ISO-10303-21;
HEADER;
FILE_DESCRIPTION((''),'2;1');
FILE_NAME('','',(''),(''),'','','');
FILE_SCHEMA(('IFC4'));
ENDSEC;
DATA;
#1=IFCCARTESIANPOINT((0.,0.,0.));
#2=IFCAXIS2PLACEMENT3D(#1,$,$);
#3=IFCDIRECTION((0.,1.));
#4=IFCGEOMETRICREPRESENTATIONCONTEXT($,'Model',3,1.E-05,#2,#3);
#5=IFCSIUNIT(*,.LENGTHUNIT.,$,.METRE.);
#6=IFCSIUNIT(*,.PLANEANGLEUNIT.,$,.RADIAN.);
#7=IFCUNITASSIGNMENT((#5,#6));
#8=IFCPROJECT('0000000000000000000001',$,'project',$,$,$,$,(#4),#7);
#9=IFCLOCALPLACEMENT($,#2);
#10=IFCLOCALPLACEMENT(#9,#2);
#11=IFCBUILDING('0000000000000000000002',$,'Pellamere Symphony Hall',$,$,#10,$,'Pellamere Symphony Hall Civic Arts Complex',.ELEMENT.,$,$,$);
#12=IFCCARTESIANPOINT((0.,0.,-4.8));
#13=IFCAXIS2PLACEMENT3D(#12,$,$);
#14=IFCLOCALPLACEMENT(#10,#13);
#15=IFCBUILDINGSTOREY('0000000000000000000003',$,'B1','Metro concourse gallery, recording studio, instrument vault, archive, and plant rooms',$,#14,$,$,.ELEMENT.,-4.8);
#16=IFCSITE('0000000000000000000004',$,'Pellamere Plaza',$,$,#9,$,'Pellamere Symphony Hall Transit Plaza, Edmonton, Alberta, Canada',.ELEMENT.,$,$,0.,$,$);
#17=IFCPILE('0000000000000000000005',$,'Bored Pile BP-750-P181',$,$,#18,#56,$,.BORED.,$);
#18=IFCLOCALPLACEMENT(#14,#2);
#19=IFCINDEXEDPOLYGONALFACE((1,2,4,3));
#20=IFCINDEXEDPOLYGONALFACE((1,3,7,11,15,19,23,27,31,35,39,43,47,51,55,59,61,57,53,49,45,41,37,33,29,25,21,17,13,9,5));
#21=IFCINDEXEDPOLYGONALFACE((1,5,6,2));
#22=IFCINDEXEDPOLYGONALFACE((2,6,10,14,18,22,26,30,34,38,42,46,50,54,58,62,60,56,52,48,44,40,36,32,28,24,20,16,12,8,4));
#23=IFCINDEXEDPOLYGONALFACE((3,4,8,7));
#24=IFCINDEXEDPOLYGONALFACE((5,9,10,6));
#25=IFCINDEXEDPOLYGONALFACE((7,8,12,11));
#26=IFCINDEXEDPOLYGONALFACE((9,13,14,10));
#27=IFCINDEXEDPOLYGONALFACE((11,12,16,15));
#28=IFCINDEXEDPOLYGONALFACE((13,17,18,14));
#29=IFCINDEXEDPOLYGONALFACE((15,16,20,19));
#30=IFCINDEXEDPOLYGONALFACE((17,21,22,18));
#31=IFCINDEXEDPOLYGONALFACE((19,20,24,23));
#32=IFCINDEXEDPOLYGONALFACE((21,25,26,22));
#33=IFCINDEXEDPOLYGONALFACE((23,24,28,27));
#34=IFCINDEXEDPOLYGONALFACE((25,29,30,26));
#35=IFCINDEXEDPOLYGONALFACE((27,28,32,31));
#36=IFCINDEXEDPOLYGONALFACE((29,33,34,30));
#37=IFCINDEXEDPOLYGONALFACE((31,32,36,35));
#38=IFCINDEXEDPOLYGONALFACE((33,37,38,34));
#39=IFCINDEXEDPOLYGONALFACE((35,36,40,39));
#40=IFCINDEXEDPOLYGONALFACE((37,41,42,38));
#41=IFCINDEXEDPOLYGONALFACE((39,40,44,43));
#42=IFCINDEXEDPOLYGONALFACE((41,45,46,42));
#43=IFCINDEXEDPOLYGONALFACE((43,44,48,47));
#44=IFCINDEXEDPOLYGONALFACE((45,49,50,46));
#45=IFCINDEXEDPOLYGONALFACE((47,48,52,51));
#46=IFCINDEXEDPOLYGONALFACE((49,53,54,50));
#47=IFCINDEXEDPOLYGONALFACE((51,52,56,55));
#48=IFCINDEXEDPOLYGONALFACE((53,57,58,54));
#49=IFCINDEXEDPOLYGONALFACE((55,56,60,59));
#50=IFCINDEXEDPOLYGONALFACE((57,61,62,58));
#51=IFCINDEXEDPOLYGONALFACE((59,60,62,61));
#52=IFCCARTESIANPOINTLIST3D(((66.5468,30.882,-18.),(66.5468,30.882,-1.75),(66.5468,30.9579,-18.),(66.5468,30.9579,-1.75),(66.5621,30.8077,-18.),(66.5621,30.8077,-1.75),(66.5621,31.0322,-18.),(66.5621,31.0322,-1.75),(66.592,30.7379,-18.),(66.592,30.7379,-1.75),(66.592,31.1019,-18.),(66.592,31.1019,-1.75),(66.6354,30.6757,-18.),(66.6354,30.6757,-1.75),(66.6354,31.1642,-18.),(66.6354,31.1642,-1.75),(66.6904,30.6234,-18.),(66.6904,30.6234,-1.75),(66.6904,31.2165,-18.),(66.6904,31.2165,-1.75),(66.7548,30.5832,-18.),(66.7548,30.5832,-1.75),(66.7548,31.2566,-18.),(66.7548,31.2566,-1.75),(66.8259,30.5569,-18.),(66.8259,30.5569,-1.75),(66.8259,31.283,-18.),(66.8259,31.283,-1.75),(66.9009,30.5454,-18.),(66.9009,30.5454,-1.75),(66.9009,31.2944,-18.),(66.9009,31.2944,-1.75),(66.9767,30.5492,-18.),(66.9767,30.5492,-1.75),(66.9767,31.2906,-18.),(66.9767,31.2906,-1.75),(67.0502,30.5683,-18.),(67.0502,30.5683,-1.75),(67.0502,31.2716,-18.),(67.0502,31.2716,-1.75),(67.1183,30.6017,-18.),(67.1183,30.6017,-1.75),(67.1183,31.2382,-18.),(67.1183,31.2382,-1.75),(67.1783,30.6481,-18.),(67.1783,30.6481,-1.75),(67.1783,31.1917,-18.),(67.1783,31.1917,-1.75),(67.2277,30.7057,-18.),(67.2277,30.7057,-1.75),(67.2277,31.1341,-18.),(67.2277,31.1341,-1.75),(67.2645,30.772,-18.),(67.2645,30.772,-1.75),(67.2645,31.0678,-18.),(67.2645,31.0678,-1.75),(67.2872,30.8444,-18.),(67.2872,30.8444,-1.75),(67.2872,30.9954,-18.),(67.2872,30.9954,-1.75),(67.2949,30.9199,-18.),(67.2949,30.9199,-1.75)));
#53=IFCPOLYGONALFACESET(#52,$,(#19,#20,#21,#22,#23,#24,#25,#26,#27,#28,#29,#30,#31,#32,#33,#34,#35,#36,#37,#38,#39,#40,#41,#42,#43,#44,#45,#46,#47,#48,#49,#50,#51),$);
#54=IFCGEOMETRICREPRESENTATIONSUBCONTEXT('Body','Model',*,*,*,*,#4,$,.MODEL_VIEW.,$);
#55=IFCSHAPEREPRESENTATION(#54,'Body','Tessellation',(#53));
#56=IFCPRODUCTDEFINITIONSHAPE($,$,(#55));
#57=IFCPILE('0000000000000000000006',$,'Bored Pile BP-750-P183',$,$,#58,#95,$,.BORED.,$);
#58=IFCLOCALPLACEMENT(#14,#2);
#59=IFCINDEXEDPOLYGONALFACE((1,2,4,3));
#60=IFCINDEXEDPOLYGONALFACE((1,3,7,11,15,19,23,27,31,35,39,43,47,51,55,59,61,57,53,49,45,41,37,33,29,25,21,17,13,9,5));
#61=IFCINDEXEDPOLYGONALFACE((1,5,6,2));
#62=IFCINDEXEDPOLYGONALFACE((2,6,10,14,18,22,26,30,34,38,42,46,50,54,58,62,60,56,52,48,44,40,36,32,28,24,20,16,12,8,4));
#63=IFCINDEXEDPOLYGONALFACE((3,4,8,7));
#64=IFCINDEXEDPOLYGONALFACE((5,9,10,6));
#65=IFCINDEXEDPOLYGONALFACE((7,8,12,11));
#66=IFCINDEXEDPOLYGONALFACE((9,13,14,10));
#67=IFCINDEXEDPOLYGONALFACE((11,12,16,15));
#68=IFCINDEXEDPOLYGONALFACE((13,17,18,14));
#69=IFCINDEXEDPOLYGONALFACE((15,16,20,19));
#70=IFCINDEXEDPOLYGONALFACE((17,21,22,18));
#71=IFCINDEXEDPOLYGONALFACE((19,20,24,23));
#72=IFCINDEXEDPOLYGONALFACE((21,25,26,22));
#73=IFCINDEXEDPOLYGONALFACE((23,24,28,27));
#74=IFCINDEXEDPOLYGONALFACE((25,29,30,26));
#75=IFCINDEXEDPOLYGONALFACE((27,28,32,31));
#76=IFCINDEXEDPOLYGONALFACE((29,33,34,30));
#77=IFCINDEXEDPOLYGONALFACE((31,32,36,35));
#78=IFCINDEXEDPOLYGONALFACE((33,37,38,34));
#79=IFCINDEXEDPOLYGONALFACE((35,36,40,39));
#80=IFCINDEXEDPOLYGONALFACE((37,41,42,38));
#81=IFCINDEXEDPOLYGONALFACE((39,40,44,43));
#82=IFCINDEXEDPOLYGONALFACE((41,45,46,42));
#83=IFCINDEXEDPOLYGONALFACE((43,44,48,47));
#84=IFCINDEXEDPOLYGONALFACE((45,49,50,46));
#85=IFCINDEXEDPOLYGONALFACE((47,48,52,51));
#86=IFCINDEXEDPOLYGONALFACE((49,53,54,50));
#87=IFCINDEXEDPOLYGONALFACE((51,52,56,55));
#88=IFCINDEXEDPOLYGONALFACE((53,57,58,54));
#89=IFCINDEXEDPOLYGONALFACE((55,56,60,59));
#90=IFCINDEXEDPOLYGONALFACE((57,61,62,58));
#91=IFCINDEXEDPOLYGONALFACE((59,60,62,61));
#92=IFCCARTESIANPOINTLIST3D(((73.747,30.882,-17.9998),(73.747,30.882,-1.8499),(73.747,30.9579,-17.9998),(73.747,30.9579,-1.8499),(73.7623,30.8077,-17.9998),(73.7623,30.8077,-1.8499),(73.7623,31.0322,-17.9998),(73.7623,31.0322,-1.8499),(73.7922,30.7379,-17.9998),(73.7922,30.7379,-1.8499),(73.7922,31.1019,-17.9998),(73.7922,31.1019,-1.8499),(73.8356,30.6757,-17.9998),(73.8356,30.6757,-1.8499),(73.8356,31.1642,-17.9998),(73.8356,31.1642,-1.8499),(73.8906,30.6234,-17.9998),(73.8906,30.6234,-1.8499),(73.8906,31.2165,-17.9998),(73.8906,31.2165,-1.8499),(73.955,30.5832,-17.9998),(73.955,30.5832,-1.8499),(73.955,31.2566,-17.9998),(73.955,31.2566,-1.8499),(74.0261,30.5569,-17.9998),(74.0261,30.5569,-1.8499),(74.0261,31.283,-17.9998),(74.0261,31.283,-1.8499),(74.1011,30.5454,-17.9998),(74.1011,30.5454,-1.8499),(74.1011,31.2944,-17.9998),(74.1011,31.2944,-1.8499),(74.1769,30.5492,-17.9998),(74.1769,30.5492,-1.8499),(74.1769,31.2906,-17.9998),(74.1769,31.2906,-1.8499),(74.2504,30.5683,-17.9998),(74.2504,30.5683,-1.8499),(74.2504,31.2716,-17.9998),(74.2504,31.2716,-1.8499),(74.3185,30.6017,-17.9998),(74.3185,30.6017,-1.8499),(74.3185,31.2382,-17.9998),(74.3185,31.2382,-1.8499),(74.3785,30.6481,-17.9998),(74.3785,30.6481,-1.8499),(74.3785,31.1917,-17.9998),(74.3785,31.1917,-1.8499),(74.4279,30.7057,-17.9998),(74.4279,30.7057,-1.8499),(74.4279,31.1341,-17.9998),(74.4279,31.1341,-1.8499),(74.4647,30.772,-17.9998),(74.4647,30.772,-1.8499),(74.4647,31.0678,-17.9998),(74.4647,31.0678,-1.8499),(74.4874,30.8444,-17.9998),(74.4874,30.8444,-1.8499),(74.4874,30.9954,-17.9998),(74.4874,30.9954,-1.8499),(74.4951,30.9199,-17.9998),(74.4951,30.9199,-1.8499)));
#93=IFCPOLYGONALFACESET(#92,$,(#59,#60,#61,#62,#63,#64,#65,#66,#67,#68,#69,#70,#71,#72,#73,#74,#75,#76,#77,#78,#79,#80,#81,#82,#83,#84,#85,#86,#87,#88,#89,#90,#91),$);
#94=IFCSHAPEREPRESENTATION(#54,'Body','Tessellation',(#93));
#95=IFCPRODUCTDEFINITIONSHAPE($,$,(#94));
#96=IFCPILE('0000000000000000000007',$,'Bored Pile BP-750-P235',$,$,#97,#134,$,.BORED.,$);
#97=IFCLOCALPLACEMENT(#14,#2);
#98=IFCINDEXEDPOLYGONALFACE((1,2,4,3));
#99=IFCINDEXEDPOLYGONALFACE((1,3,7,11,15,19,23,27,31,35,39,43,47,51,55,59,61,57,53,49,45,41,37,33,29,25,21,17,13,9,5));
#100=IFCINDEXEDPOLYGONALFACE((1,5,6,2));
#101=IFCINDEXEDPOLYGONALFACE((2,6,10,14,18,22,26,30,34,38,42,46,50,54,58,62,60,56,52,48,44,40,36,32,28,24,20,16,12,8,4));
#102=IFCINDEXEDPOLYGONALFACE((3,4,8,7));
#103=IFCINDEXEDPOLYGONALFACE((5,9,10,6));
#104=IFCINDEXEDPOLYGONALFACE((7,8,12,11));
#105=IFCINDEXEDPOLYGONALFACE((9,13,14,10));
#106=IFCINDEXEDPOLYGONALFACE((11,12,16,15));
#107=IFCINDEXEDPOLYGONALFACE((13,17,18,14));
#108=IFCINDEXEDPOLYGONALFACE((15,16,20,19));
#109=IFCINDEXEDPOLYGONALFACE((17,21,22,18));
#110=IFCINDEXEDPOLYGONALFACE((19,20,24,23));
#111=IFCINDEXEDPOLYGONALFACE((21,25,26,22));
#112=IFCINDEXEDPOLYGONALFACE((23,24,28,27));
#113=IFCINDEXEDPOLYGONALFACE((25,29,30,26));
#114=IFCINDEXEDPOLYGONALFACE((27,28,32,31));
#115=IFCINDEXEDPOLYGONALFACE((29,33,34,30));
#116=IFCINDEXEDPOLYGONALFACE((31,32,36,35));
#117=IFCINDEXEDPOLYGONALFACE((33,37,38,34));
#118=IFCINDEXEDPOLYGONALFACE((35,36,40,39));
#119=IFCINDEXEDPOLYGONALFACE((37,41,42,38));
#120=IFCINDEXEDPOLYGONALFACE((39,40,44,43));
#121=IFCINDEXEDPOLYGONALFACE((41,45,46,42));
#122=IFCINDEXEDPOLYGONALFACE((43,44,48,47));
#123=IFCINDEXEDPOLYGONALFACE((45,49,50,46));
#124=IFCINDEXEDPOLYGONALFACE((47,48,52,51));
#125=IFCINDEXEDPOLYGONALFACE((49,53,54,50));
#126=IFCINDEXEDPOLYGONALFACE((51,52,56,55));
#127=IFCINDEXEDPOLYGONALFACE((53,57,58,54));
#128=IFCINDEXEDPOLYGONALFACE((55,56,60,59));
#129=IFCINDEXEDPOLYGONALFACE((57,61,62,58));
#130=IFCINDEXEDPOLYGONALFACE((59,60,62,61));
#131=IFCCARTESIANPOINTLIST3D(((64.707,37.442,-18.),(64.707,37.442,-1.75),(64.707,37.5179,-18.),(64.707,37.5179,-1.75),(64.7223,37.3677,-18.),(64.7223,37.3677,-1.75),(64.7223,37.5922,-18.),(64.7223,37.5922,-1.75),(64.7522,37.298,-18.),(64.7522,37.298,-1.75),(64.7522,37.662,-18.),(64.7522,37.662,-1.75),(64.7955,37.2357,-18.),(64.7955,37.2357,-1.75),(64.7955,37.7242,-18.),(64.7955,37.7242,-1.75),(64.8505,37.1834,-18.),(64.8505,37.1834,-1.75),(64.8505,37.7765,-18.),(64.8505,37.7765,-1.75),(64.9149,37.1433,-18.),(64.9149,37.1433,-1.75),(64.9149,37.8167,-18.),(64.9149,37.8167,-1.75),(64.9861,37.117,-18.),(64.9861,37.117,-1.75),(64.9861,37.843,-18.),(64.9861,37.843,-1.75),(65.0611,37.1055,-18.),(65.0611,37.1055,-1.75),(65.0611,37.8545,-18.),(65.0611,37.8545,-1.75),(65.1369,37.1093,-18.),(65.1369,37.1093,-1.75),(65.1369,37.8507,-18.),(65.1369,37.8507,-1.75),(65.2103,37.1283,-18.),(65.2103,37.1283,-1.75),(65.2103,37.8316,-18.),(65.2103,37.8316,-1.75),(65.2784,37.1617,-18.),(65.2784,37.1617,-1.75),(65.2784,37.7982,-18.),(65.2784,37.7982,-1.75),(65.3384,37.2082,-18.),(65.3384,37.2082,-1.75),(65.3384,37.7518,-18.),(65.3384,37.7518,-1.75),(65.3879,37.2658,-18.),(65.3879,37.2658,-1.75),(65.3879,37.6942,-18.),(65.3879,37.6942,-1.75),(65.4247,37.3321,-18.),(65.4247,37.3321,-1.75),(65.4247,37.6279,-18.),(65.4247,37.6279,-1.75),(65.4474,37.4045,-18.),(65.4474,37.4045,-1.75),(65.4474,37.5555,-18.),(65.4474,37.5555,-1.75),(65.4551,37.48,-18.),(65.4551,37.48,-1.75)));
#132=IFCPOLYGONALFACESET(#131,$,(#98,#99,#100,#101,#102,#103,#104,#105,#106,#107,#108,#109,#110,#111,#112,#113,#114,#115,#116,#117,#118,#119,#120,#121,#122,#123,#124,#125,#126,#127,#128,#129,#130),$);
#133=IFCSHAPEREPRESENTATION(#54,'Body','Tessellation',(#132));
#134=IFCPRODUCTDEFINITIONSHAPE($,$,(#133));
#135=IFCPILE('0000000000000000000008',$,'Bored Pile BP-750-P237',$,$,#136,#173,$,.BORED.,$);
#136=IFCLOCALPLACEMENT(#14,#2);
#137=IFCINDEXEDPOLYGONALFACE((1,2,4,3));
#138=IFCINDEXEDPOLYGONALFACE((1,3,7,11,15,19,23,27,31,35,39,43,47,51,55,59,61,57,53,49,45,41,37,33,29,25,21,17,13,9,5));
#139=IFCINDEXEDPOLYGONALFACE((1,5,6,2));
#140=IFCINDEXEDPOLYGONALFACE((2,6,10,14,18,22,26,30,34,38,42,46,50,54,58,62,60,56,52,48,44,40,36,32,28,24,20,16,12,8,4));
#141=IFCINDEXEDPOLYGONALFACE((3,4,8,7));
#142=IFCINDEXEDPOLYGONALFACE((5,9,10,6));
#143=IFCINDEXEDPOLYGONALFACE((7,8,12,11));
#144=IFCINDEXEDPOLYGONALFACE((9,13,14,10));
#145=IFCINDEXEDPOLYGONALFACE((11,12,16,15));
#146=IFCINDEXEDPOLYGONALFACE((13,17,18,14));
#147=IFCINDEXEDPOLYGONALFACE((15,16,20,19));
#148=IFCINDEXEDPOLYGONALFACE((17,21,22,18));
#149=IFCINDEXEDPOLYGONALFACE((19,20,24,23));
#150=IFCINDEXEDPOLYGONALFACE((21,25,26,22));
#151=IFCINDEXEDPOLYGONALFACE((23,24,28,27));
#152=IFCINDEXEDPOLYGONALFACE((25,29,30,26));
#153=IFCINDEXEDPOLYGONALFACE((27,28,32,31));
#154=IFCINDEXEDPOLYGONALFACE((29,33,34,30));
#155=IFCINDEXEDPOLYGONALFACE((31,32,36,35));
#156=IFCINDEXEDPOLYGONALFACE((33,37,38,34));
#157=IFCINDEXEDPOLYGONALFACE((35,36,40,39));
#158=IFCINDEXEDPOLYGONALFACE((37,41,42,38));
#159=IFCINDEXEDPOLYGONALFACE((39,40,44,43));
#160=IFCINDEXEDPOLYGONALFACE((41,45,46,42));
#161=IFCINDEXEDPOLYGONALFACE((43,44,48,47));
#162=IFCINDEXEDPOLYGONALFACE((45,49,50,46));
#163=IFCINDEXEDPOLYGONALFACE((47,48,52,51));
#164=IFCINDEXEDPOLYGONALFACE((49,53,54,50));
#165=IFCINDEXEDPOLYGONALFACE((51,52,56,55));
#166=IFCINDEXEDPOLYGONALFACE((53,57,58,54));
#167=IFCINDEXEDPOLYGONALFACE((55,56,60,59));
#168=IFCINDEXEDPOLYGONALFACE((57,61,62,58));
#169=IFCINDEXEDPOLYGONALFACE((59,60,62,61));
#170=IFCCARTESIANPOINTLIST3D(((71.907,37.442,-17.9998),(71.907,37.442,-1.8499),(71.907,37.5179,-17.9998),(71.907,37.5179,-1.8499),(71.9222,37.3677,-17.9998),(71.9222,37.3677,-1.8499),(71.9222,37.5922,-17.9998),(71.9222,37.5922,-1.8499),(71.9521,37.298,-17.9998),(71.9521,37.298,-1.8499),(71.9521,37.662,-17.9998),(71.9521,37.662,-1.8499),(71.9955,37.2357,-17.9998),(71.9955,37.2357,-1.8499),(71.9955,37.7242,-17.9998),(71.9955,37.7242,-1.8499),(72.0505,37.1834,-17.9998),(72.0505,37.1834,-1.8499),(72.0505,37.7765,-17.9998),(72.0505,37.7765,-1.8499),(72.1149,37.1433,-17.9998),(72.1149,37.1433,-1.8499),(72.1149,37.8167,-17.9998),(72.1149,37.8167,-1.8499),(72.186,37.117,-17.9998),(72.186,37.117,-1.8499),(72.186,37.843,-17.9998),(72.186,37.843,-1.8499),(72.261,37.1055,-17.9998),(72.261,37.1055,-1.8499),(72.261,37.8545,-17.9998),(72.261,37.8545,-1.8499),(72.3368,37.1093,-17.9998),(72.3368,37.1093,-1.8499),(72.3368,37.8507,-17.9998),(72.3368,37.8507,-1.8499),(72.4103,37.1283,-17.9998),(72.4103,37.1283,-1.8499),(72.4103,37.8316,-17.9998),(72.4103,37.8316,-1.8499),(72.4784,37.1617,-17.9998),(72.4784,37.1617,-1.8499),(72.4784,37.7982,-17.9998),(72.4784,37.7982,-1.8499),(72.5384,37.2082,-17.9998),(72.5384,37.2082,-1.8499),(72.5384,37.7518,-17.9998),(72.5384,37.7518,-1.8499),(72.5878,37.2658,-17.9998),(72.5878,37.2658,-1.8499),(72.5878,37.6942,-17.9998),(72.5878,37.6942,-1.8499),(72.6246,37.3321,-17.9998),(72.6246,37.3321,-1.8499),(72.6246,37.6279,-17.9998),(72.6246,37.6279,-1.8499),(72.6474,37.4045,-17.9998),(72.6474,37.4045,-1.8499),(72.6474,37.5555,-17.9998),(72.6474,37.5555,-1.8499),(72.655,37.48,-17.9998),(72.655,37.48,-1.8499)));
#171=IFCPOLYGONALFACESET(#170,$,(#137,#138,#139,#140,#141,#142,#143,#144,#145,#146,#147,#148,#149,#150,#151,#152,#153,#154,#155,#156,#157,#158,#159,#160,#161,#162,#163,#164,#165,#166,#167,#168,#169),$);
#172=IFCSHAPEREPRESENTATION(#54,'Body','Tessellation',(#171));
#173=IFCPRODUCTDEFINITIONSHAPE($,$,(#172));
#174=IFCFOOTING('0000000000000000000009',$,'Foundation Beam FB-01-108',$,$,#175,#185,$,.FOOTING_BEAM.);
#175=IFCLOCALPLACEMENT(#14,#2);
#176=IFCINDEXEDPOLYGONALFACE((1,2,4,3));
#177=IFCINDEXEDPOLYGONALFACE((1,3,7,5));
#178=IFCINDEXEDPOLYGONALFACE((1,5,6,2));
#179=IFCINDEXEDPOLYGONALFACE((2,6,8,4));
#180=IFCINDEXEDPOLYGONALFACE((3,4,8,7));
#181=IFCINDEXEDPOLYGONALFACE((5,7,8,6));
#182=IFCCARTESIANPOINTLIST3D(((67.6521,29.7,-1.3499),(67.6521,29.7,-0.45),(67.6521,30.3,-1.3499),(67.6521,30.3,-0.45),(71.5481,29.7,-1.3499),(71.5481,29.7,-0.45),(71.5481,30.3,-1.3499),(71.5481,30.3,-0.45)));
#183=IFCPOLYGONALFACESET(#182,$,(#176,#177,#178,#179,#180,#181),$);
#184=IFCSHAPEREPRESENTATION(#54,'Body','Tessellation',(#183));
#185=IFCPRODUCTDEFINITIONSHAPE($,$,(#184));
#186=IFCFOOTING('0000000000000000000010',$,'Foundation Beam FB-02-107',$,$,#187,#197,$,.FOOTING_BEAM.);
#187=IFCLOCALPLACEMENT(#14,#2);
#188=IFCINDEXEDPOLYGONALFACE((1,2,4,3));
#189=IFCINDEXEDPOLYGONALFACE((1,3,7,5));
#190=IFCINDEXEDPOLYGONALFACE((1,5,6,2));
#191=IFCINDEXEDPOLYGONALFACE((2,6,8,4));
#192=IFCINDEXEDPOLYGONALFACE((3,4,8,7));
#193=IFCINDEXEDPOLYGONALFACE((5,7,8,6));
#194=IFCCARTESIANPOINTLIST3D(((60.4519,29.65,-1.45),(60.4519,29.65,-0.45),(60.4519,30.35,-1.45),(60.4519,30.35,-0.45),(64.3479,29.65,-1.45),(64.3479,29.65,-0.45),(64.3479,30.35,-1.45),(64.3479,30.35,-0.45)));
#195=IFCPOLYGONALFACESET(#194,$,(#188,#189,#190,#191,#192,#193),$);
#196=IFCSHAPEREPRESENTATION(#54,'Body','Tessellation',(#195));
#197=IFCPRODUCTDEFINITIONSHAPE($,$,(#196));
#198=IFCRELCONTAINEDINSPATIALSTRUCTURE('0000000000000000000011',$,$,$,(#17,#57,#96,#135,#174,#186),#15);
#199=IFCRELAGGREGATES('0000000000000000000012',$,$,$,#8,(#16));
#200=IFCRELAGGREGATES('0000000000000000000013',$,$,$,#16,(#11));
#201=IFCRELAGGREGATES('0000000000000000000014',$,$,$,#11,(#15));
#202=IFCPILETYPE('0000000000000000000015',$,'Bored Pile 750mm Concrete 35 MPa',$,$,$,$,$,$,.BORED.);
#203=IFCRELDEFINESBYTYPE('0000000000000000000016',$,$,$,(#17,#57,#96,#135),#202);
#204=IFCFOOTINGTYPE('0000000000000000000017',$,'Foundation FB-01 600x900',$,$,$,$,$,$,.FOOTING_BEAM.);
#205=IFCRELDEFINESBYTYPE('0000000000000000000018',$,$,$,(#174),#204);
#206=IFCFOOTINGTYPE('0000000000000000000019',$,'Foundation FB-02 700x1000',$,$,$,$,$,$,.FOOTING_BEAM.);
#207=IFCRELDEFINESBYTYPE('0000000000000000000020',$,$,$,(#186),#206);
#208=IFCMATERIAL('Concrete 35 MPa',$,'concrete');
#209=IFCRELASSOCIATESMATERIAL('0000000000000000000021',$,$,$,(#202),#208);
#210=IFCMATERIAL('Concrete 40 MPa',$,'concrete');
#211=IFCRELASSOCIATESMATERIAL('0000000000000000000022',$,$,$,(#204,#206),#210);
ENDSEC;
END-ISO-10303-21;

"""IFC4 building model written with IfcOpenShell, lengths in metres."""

from ifc_helpers import new_model, si_unit, direction, frame, origin, origin_2d, place, context, subcontext, project, spatial, rectangle, circle, extrude, material, material_profile, profile_set, type_object, element, save


model = new_model("IFC4")

# Units and contexts
model_context = context("Model", 3, precision=1e-05, world=origin(), true_north=direction((0.0, 1.0)))
body_context = subcontext(model_context, "Body", "Model", "MODEL_VIEW")
ifc_project = project(units=[si_unit("LENGTHUNIT", "METRE"), si_unit("PLANEANGLEUNIT", "RADIAN")], contexts=[model_context])

# Site, building, storey
site_placement = place(None, origin())
site = spatial("IfcSite", under=ifc_project, at=site_placement, Name="Pellamere Plaza", LongName="Pellamere Symphony Hall Transit Plaza, Edmonton, Alberta, Canada", CompositionType="ELEMENT", RefElevation=0.0)
building_placement = place(site_placement, origin())
building = spatial("IfcBuilding", under=site, at=building_placement, Name="Pellamere Symphony Hall", LongName="Pellamere Symphony Hall Civic Arts Complex", CompositionType="ELEMENT")
storey_placement = place(building_placement, frame((0.0, 0.0, -4.8)))
storey = spatial("IfcBuildingStorey", under=building, at=storey_placement, Name="B1", Description="Metro concourse gallery, recording studio, instrument vault, archive, and plant rooms", CompositionType="ELEMENT", Elevation=-4.8)

# Piles
ifc_material_1 = material(Name="Concrete 35 MPa", Category="concrete")
ifc_material_profile_1 = material_profile(ifc_material_1, circle(Radius=0.375, at=origin_2d()), Name="PILE D750")
ifc_profile_set_1 = profile_set([ifc_material_profile_1], Name="Concrete 35 MPa")
pile_type = type_object("IfcPileType", Name="Bored Pile 750mm Concrete 35 MPa", PredefinedType="BORED", material=ifc_profile_set_1)
pile_1_placement = place(storey_placement, frame((66.9199, 30.9199, -1.75), z_axis=(0.0, 0.0, -1.0), x_axis=(1.0, 0.0, 0.0)))
element("IfcPile", 1, at=pile_1_placement, inside=storey, type_object=pile_type, Name="Bored Pile BP-750-P181", PredefinedType="BORED", context=body_context, shape_type="SweptSolid", body=[
    extrude(circle(Radius=0.375, at=origin_2d()), origin(), (0.0, 0.0, 1.0), 16.25),
])
pile_2_placement = place(storey_placement, frame((74.1201, 30.9199, -1.8499), z_axis=(0.0, 0.0, -1.0), x_axis=(1.0, 0.0, 0.0)))
element("IfcPile", 2, at=pile_2_placement, inside=storey, type_object=pile_type, Name="Bored Pile BP-750-P183", PredefinedType="BORED", context=body_context, shape_type="SweptSolid", body=[
    extrude(circle(Radius=0.375, at=origin_2d()), origin(), (0.0, 0.0, 1.0), 16.1499),
])
pile_3_placement = place(storey_placement, frame((65.0801, 37.48, -1.75), z_axis=(0.0, 0.0, -1.0), x_axis=(1.0, 0.0, 0.0)))
element("IfcPile", 3, at=pile_3_placement, inside=storey, type_object=pile_type, Name="Bored Pile BP-750-P235", PredefinedType="BORED", context=body_context, shape_type="SweptSolid", body=[
    extrude(circle(Radius=0.375, at=origin_2d()), origin(), (0.0, 0.0, 1.0), 16.25),
])
pile_4_placement = place(storey_placement, frame((72.28, 37.48, -1.8499), z_axis=(0.0, 0.0, -1.0), x_axis=(1.0, 0.0, 0.0)))
element("IfcPile", 4, at=pile_4_placement, inside=storey, type_object=pile_type, Name="Bored Pile BP-750-P237", PredefinedType="BORED", context=body_context, shape_type="SweptSolid", body=[
    extrude(circle(Radius=0.375, at=origin_2d()), origin(), (0.0, 0.0, 1.0), 16.1499),
])

# Footings
ifc_material_2 = material(Name="Concrete 40 MPa", Category="concrete")
ifc_material_profile_2 = material_profile(ifc_material_2, rectangle(XDim=0.6001, YDim=0.8999, at=origin_2d()), Name="RC 600x900")
ifc_profile_set_2 = profile_set([ifc_material_profile_2], Name="Concrete 40 MPa")
footing_type_1 = type_object("IfcFootingType", Name="Foundation FB-01 600x900", PredefinedType="FOOTING_BEAM", material=ifc_profile_set_2)
footing_placement = place(storey_placement, frame((67.6521, 30.0, -0.8999), z_axis=(1.0, 0.0, 0.0), x_axis=(0.0, 1.0, 0.0)))
element("IfcFooting", 5, at=footing_placement, inside=storey, type_object=footing_type_1, Name="Foundation Beam FB-01-108", PredefinedType="FOOTING_BEAM", context=body_context, shape_type="SweptSolid", body=[
    extrude(rectangle(XDim=0.6001, YDim=0.8999, at=origin_2d()), origin(), (0.0, 0.0, 1.0), 3.896),
])
ifc_material_profile_3 = material_profile(ifc_material_2, rectangle(XDim=0.7, YDim=1.0, at=origin_2d()), Name="RC 700x1000")
ifc_profile_set_3 = profile_set([ifc_material_profile_3], Name="Concrete 40 MPa")
footing_type_2 = type_object("IfcFootingType", Name="Foundation FB-02 700x1000", PredefinedType="FOOTING_BEAM", material=ifc_profile_set_3)
for number, where, z_axis, x_axis, name in (
    (6, (60.4519, 30.0, -0.95), (1.0, 0.0, 0.0), (0.0, 1.0, 0.0), "Foundation Beam FB-02-107"),
):
    element("IfcFooting", number, at=place(storey_placement, frame(where, z_axis=z_axis, x_axis=x_axis)), inside=storey, type_object=footing_type_2, Name=name, PredefinedType="FOOTING_BEAM", context=body_context, shape_type="SweptSolid", body=[
        extrude(rectangle(XDim=0.7, YDim=1.0, at=origin_2d()), origin(), (0.0, 0.0, 1.0), 3.896),
    ])

save(model, "model.ifc")
